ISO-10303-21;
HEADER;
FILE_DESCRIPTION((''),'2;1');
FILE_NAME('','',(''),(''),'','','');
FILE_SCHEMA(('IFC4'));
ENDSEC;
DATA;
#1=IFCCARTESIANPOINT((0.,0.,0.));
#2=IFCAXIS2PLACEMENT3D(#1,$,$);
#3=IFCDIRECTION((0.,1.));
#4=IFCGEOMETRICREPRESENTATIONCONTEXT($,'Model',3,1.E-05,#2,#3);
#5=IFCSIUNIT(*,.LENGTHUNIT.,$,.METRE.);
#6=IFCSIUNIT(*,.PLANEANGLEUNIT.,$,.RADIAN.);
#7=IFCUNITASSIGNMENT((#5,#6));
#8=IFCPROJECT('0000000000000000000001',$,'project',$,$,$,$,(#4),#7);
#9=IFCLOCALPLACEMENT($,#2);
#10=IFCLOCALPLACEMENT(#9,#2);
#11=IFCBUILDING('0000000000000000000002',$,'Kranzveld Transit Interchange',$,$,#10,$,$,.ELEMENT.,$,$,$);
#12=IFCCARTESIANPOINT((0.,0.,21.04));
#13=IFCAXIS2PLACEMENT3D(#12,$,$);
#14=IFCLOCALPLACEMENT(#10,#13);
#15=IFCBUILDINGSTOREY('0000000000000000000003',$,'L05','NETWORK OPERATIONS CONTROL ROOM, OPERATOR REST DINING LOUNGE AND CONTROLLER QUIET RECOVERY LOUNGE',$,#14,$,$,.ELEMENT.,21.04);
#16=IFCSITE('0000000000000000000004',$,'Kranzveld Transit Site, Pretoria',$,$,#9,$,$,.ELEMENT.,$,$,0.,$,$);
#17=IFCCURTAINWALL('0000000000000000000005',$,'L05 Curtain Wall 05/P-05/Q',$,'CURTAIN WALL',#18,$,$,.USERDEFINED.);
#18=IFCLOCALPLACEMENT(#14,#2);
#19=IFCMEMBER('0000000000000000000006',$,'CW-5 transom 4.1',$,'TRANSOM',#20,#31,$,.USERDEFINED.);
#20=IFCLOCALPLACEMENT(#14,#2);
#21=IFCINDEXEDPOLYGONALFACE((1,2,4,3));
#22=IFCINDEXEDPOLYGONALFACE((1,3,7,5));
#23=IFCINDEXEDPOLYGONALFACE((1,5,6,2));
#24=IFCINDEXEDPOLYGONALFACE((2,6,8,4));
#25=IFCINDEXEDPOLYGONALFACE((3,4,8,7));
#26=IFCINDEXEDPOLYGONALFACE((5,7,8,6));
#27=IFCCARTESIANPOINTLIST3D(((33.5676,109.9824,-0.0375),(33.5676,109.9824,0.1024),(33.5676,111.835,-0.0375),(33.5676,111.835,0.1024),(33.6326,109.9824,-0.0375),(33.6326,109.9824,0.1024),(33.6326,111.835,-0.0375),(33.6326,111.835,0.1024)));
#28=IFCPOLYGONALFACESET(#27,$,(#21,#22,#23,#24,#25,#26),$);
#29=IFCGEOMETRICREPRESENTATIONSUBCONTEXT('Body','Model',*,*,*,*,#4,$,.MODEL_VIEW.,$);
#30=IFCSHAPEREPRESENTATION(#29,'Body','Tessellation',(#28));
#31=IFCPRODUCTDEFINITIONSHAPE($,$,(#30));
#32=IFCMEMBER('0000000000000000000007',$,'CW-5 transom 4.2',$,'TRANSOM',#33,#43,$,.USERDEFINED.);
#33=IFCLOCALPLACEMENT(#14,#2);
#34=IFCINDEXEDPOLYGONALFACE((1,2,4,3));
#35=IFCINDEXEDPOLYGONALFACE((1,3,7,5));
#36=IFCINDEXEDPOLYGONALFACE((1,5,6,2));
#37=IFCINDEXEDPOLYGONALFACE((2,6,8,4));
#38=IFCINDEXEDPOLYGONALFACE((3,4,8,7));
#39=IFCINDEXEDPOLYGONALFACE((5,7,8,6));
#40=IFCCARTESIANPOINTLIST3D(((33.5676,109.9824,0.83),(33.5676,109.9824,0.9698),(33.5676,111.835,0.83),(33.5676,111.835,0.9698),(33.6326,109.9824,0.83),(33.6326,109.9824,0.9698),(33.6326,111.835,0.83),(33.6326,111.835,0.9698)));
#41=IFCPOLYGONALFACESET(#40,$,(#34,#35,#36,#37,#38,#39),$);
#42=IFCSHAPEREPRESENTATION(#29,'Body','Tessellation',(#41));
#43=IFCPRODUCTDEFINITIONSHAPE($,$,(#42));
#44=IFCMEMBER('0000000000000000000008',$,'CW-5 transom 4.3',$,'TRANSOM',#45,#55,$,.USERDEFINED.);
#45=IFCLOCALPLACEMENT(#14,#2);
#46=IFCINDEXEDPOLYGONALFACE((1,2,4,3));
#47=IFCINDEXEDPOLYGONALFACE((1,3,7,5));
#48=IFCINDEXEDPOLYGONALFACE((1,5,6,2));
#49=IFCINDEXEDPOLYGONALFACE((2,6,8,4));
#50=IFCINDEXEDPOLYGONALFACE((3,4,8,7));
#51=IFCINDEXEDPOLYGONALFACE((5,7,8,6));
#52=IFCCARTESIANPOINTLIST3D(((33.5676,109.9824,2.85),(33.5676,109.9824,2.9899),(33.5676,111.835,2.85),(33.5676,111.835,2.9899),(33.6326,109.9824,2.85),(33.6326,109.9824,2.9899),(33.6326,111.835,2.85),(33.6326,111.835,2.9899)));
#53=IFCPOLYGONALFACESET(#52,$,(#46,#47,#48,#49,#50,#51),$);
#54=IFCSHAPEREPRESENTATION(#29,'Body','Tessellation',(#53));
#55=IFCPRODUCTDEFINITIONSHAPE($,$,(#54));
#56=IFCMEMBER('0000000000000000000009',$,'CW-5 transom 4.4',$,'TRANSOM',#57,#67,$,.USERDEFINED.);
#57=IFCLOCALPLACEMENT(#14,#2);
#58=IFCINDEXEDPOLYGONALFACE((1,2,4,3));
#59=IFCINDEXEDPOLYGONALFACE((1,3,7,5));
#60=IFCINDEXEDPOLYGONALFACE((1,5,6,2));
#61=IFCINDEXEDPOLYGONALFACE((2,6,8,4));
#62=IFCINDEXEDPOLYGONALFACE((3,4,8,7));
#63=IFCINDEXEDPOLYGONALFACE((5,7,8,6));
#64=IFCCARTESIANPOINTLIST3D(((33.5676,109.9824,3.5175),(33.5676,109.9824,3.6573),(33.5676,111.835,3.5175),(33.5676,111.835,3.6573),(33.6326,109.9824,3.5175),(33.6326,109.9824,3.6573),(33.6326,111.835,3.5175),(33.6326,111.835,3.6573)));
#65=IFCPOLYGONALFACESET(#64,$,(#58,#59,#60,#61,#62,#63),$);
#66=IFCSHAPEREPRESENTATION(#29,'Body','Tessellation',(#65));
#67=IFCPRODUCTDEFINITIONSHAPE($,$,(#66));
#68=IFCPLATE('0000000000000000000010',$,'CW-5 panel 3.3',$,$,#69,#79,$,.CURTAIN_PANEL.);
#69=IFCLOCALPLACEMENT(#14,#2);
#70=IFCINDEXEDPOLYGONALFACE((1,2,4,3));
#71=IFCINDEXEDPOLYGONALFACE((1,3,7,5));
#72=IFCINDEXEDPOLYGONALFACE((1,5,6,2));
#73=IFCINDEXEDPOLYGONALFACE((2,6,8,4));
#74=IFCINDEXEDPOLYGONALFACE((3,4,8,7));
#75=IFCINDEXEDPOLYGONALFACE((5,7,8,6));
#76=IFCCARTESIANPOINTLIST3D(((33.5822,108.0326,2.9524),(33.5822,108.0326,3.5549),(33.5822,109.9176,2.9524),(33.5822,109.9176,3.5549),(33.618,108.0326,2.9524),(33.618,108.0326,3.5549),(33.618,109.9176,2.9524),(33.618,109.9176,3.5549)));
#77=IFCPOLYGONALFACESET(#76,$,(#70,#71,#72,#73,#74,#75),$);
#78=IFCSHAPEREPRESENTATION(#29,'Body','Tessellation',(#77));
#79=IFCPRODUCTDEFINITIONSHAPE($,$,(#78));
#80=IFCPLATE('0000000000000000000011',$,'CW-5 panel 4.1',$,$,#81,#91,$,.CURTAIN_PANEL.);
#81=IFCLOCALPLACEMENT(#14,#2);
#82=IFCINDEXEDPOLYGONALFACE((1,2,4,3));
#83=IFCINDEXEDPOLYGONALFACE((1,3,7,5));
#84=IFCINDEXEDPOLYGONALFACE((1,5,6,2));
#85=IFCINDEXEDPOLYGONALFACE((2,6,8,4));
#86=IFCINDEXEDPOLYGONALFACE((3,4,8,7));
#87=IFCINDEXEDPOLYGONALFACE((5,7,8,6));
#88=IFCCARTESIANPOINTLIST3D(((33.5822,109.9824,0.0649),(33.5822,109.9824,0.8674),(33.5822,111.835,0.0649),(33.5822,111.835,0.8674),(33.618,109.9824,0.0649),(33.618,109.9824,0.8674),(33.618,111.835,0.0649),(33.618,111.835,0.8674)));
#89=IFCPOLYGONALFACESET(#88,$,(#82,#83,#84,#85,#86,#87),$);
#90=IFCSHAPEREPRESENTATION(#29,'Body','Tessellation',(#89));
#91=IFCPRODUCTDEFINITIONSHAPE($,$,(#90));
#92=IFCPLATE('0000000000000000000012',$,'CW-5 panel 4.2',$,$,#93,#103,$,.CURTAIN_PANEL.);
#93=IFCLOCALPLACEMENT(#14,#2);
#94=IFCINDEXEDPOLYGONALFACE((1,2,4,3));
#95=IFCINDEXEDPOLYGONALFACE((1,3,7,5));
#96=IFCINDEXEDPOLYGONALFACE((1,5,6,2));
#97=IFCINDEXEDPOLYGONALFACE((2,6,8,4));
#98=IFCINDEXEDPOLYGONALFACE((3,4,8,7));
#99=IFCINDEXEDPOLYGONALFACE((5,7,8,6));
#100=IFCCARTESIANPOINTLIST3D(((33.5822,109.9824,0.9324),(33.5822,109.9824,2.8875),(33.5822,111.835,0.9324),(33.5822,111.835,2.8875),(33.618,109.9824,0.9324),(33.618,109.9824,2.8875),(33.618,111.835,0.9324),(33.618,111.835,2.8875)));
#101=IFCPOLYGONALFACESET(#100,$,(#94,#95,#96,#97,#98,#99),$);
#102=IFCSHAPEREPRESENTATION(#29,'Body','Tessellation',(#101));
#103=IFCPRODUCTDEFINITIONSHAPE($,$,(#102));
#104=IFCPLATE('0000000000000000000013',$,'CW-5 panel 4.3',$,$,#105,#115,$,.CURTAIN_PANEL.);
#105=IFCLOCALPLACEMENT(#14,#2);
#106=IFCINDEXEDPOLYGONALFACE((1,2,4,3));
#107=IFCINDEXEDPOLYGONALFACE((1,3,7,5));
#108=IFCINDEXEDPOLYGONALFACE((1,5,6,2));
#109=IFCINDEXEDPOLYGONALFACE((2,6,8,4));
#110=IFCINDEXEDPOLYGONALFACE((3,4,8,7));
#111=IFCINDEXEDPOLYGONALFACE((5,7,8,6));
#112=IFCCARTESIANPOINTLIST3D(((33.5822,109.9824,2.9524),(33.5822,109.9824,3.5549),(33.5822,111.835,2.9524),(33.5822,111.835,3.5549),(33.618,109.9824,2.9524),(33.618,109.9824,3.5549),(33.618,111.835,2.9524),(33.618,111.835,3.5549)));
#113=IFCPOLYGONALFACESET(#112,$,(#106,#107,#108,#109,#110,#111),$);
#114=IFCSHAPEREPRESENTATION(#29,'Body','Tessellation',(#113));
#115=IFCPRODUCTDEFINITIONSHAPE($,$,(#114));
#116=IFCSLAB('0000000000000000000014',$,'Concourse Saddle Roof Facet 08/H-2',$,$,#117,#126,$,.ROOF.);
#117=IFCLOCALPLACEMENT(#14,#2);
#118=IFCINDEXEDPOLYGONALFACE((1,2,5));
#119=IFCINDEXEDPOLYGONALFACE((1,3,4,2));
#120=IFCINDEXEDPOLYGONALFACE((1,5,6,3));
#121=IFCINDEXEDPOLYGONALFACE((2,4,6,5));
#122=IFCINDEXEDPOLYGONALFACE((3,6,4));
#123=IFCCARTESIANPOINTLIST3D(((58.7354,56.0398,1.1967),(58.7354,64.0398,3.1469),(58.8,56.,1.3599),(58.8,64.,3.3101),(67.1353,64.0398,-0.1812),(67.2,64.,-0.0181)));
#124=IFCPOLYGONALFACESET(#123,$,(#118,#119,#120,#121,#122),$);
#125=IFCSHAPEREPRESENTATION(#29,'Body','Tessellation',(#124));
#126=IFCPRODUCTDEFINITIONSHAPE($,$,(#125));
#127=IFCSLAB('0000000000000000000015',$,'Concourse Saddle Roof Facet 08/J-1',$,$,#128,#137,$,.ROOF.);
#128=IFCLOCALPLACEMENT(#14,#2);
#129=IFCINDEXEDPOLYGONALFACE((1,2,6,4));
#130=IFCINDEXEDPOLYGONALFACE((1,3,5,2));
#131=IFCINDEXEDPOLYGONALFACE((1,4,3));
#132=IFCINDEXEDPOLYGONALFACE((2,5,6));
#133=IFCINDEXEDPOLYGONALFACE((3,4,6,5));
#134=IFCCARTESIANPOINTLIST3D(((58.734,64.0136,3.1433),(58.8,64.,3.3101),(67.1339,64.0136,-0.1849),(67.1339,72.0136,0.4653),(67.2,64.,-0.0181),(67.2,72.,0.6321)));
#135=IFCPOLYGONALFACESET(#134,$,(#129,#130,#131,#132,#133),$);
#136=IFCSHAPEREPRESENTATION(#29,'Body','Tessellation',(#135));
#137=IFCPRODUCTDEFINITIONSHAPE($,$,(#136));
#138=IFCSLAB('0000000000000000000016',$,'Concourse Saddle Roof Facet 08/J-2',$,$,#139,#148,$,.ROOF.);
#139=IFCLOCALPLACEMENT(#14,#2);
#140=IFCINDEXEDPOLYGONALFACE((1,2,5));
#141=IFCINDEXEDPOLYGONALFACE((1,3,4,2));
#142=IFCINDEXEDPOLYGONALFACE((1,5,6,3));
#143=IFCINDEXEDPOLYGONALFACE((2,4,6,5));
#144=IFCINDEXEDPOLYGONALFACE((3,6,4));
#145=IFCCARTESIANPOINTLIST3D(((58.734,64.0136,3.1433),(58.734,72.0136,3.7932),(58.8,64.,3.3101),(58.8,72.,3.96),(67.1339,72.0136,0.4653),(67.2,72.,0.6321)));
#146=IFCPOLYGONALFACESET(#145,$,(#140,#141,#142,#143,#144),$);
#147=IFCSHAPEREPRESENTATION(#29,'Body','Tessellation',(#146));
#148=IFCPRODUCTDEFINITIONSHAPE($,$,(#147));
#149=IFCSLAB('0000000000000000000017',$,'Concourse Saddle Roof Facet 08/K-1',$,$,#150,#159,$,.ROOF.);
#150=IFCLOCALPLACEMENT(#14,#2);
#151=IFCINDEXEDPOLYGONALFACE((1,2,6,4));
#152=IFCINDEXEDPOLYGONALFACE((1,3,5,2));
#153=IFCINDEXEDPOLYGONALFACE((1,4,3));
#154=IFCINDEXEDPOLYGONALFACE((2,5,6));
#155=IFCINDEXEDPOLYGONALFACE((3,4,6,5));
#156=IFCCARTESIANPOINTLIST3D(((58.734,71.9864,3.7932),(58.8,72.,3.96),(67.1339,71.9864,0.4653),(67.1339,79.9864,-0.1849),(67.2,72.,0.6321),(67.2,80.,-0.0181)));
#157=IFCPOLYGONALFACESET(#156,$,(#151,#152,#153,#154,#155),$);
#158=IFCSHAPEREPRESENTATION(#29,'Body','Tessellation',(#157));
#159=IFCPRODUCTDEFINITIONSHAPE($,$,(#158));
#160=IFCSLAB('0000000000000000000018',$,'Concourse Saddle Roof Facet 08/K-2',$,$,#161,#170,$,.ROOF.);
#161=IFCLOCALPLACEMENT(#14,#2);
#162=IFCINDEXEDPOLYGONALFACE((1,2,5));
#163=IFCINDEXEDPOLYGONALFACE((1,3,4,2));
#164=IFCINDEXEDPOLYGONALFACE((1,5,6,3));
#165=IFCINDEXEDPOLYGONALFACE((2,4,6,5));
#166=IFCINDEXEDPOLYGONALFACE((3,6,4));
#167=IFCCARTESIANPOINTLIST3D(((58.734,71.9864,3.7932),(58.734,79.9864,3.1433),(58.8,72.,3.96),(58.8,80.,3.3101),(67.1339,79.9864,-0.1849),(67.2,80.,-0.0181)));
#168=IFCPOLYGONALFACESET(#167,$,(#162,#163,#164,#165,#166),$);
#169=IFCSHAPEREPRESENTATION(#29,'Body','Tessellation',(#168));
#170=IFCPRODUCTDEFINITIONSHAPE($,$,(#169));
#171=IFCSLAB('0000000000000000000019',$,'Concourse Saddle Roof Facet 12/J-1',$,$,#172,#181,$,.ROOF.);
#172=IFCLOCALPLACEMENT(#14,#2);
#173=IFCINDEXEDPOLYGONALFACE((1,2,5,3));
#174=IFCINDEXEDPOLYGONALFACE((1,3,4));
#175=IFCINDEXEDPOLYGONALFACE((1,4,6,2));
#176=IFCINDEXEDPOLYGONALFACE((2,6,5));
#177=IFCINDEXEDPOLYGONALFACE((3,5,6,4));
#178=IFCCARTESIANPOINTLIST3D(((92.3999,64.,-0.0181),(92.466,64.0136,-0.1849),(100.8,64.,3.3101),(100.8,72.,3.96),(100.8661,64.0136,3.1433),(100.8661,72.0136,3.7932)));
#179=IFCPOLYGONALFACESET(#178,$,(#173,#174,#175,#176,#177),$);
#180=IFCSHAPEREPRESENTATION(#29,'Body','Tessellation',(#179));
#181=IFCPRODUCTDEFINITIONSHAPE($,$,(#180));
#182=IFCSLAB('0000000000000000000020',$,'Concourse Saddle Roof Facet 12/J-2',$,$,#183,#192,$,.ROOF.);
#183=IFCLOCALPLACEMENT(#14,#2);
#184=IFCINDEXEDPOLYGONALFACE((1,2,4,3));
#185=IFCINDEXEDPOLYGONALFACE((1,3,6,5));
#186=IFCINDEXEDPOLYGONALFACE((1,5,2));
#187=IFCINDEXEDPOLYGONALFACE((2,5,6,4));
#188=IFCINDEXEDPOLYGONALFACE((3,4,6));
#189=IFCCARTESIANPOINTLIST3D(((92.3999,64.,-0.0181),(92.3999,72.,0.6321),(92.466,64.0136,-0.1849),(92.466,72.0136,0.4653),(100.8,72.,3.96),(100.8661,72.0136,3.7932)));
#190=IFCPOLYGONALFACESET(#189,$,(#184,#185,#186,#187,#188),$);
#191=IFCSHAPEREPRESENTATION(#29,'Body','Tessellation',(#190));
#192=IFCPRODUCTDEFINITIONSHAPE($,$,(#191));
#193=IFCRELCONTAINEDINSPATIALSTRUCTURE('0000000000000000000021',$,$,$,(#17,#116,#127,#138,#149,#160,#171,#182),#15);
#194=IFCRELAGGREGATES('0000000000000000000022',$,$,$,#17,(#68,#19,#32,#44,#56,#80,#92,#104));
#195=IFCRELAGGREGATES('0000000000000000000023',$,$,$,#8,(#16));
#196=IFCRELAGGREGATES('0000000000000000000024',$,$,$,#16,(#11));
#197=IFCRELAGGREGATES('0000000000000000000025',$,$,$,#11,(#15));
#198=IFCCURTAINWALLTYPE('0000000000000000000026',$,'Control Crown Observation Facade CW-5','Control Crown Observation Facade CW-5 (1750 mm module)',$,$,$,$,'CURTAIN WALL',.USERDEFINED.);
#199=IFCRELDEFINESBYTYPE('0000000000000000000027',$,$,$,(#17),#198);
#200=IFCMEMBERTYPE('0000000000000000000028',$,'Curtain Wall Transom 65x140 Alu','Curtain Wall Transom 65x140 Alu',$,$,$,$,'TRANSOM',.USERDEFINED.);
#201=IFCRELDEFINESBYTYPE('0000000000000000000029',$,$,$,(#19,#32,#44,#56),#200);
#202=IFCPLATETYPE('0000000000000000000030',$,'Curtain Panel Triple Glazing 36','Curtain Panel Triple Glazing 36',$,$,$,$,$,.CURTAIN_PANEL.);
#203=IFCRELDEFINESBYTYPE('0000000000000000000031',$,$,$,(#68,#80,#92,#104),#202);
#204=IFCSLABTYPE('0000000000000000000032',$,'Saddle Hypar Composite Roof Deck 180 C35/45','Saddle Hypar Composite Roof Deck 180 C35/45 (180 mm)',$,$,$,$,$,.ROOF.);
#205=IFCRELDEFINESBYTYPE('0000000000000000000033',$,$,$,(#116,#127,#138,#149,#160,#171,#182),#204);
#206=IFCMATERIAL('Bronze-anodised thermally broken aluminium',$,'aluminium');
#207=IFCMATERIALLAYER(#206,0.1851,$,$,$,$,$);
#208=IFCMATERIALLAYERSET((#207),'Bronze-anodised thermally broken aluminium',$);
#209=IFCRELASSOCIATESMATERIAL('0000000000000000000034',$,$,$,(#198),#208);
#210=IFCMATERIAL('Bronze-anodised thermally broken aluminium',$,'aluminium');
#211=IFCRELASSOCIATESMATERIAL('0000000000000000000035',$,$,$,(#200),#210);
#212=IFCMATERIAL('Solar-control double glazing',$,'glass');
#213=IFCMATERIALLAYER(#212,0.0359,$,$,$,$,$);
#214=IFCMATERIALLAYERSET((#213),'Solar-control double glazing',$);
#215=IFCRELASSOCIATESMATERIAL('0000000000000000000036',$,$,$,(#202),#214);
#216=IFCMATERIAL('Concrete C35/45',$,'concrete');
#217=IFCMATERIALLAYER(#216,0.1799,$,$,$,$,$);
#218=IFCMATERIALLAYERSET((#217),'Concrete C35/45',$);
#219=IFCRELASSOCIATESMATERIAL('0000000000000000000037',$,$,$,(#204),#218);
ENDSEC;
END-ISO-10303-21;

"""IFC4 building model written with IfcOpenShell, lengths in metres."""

from ifc_helpers import new_model, si_unit, direction, frame, origin, origin_2d, place, context, subcontext, project, spatial, polyline, rectangle, outline, extrude, material, layer, layer_set, material_profile, profile_set, type_object, element, aggregate, save


model = new_model("IFC4")

# Units and contexts
model_context = context("Model", 3, precision=1e-05, world=origin(), true_north=direction((0.0, 1.0)))
body_context = subcontext(model_context, "Body", "Model", "MODEL_VIEW")
ifc_project = project(units=[si_unit("LENGTHUNIT", "METRE"), si_unit("PLANEANGLEUNIT", "RADIAN")], contexts=[model_context])

# Site, building, storey
site_placement = place(None, origin())
site = spatial("IfcSite", under=ifc_project, at=site_placement, Name="Kranzveld Transit Site, Pretoria", CompositionType="ELEMENT", RefElevation=0.0)
building_placement = place(site_placement, origin())
building = spatial("IfcBuilding", under=site, at=building_placement, Name="Kranzveld Transit Interchange", CompositionType="ELEMENT")
storey_placement = place(building_placement, frame((0.0, 0.0, 21.04)))
storey = spatial("IfcBuildingStorey", under=building, at=storey_placement, Name="L05", Description="NETWORK OPERATIONS CONTROL ROOM, OPERATOR REST DINING LOUNGE AND CONTROLLER QUIET RECOVERY LOUNGE", CompositionType="ELEMENT", Elevation=21.04)

# Curtain wall, members, plates
ifc_material_1 = material(Name="Bronze-anodised thermally broken aluminium", Category="aluminium")
ifc_layer_1 = layer(ifc_material_1, 0.1851)
ifc_layer_set_1 = layer_set([ifc_layer_1], Name="Bronze-anodised thermally broken aluminium")
curtain_wall_type = type_object("IfcCurtainWallType", Name="Control Crown Observation Facade CW-5", Description="Control Crown Observation Facade CW-5 (1750 mm module)", ElementType="CURTAIN WALL", PredefinedType="USERDEFINED", material=ifc_layer_set_1)
curtain_wall_placement = place(storey_placement, origin())
curtain_wall = element("IfcCurtainWall", 1, at=curtain_wall_placement, inside=storey, type_object=curtain_wall_type, Name="L05 Curtain Wall 05/P-05/Q", ObjectType="CURTAIN WALL", PredefinedType="USERDEFINED")
ifc_material_2 = material(Name="Bronze-anodised thermally broken aluminium", Category="aluminium")
ifc_material_profile = material_profile(ifc_material_2, rectangle(XDim=0.0649, YDim=0.1399, at=origin_2d()), Name="ALU TRANSOM 65x140")
ifc_profile_set = profile_set([ifc_material_profile], Name="Bronze-anodised thermally broken aluminium")
member_type = type_object("IfcMemberType", Name="Curtain Wall Transom 65x140 Alu", Description="Curtain Wall Transom 65x140 Alu", ElementType="TRANSOM", PredefinedType="USERDEFINED", material=ifc_profile_set)
member_1_placement = place(storey_placement, frame((33.6001, 109.9824, 0.0325), z_axis=(0.0, 1.0, 0.0), x_axis=(-1.0, 0.0, 0.0)))
member_1 = element("IfcMember", 2, at=member_1_placement, type_object=member_type, Name="CW-5 transom 4.1", ObjectType="TRANSOM", PredefinedType="USERDEFINED", context=body_context, shape_type="SweptSolid", body=[
    extrude(rectangle(XDim=0.0649, YDim=0.1399, at=origin_2d()), origin(), (0.0, 0.0, 1.0), 1.8525),
])
member_2_placement = place(storey_placement, frame((33.6001, 109.9824, 0.8999), z_axis=(0.0, 1.0, 0.0), x_axis=(-1.0, 0.0, 0.0)))
member_2 = element("IfcMember", 3, at=member_2_placement, type_object=member_type, Name="CW-5 transom 4.2", ObjectType="TRANSOM", PredefinedType="USERDEFINED", context=body_context, shape_type="SweptSolid", body=[
    extrude(rectangle(XDim=0.0649, YDim=0.1399, at=origin_2d()), origin(), (0.0, 0.0, 1.0), 1.8525),
])
member_3_placement = place(storey_placement, frame((33.6001, 109.9824, 2.9199), z_axis=(0.0, 1.0, 0.0), x_axis=(-1.0, 0.0, 0.0)))
member_3 = element("IfcMember", 4, at=member_3_placement, type_object=member_type, Name="CW-5 transom 4.3", ObjectType="TRANSOM", PredefinedType="USERDEFINED", context=body_context, shape_type="SweptSolid", body=[
    extrude(rectangle(XDim=0.0649, YDim=0.1399, at=origin_2d()), origin(), (0.0, 0.0, 1.0), 1.8525),
])
member_4_placement = place(storey_placement, frame((33.6001, 109.9824, 3.5874), z_axis=(0.0, 1.0, 0.0), x_axis=(-1.0, 0.0, 0.0)))
member_4 = element("IfcMember", 5, at=member_4_placement, type_object=member_type, Name="CW-5 transom 4.4", ObjectType="TRANSOM", PredefinedType="USERDEFINED", context=body_context, shape_type="SweptSolid", body=[
    extrude(rectangle(XDim=0.0649, YDim=0.1399, at=origin_2d()), origin(), (0.0, 0.0, 1.0), 1.8525),
])
ifc_material_3 = material(Name="Solar-control double glazing", Category="glass")
ifc_layer_2 = layer(ifc_material_3, 0.0359)
ifc_layer_set_2 = layer_set([ifc_layer_2], Name="Solar-control double glazing")
plate_type = type_object("IfcPlateType", Name="Curtain Panel Triple Glazing 36", Description="Curtain Panel Triple Glazing 36", PredefinedType="CURTAIN_PANEL", material=ifc_layer_set_2)
plate_1_placement = place(storey_placement, frame((33.6001, 108.9751, 2.9524), z_axis=(0.0, 0.0, 1.0), x_axis=(0.0, 1.0, 0.0)))
plate_1 = element("IfcPlate", 6, at=plate_1_placement, type_object=plate_type, Name="CW-5 panel 3.3", PredefinedType="CURTAIN_PANEL", context=body_context, shape_type="SweptSolid", body=[
    extrude(rectangle(XDim=1.885, YDim=0.0359, at=origin_2d()), origin(), (0.0, 0.0, 1.0), 0.6025),
])
plate_2_placement = place(storey_placement, frame((33.6001, 110.9087, 0.0649), z_axis=(0.0, 0.0, 1.0), x_axis=(0.0, 1.0, 0.0)))
plate_2 = element("IfcPlate", 7, at=plate_2_placement, type_object=plate_type, Name="CW-5 panel 4.1", PredefinedType="CURTAIN_PANEL", context=body_context, shape_type="SweptSolid", body=[
    extrude(rectangle(XDim=1.8525, YDim=0.0359, at=origin_2d()), origin(), (0.0, 0.0, 1.0), 0.8025),
])
plate_3_placement = place(storey_placement, frame((33.6001, 110.9087, 0.9324), z_axis=(0.0, 0.0, 1.0), x_axis=(0.0, 1.0, 0.0)))
plate_3 = element("IfcPlate", 8, at=plate_3_placement, type_object=plate_type, Name="CW-5 panel 4.2", PredefinedType="CURTAIN_PANEL", context=body_context, shape_type="SweptSolid", body=[
    extrude(rectangle(XDim=1.8525, YDim=0.0359, at=origin_2d()), origin(), (0.0, 0.0, 1.0), 1.9551),
])
plate_4_placement = place(storey_placement, frame((33.6001, 110.9087, 2.9524), z_axis=(0.0, 0.0, 1.0), x_axis=(0.0, 1.0, 0.0)))
plate_4 = element("IfcPlate", 9, at=plate_4_placement, type_object=plate_type, Name="CW-5 panel 4.3", PredefinedType="CURTAIN_PANEL", context=body_context, shape_type="SweptSolid", body=[
    extrude(rectangle(XDim=1.8525, YDim=0.0359, at=origin_2d()), origin(), (0.0, 0.0, 1.0), 0.6025),
])
aggregate(curtain_wall, [plate_1, member_1, member_2, member_3, member_4, plate_2, plate_3, plate_4])

# Slabs
ifc_material_4 = material(Name="Concrete C35/45", Category="concrete")
ifc_layer_3 = layer(ifc_material_4, 0.1799)
ifc_layer_set_3 = layer_set([ifc_layer_3], Name="Concrete C35/45")
slab_type = type_object("IfcSlabType", Name="Saddle Hypar Composite Roof Deck 180 C35/45", Description="Saddle Hypar Composite Roof Deck 180 C35/45 (180 mm)", PredefinedType="ROOF", material=ifc_layer_set_3)
slab_1_placement = place(storey_placement, frame((58.8, 56.0, 1.3599), z_axis=(0.359241, -0.221029, 0.906693), x_axis=(0.719078, 0.684845, -0.117958)))
element("IfcSlab", 10, at=slab_1_placement, inside=storey, type_object=slab_type, Name="Concourse Saddle Roof Facet 08/H-2", PredefinedType="ROOF", context=body_context, shape_type="SweptSolid", body=[
    extrude(outline(polyline([(0.0, 0.0), (11.6815, 0.0), (5.2487, 6.3446), (0.0, 0.0)])), origin(), (0.0, 0.0, -1.0), 0.1799),
])
slab_2_placement = place(storey_placement, frame((58.8, 64.0, 3.3101), z_axis=(0.367304, -0.075339, 0.927045), x_axis=(0.929687, 0.0, -0.368351)))
element("IfcSlab", 11, at=slab_2_placement, inside=storey, type_object=slab_type, Name="Concourse Saddle Roof Facet 08/J-1", PredefinedType="ROOF", context=body_context, shape_type="SweptSolid", body=[
    extrude(outline(polyline([(0.0, 0.0), (9.0352, 0.0), (8.7957, 8.0228), (0.0, 0.0)])), origin(), (0.0, 0.0, -1.0), 0.1799),
])
slab_3_placement = place(storey_placement, frame((58.8, 64.0, 3.3101), z_axis=(0.367282, -0.075312, 0.927056), x_axis=(0.705575, 0.671984, -0.224945)))
element("IfcSlab", 12, at=slab_3_placement, inside=storey, type_object=slab_type, Name="Concourse Saddle Roof Facet 08/J-2", PredefinedType="ROOF", context=body_context, shape_type="SweptSolid", body=[
    extrude(outline(polyline([(0.0, 0.0), (11.905, 0.0), (5.2297, 6.0887), (0.0, 0.0)])), origin(), (0.0, 0.0, -1.0), 0.1799),
])
slab_4_placement = place(storey_placement, frame((58.8, 72.0, 3.96), z_axis=(0.367281, 0.07534, 0.927054), x_axis=(0.929696, 0.0, -0.368328)))
element("IfcSlab", 13, at=slab_4_placement, inside=storey, type_object=slab_type, Name="Concourse Saddle Roof Facet 08/K-1", PredefinedType="ROOF", context=body_context, shape_type="SweptSolid", body=[
    extrude(outline(polyline([(0.0, 0.0), (9.0351, 0.0), (9.2746, 8.0228), (0.0, 0.0)])), origin(), (0.0, 0.0, -1.0), 0.1799),
])
slab_5_placement = place(storey_placement, frame((58.8, 72.0, 3.96), z_axis=(0.367305, 0.075311, 0.927047), x_axis=(0.684975, 0.652365, -0.324391)))
element("IfcSlab", 14, at=slab_5_placement, inside=storey, type_object=slab_type, Name="Concourse Saddle Roof Facet 08/K-2", PredefinedType="ROOF", context=body_context, shape_type="SweptSolid", body=[
    extrude(outline(polyline([(0.0, 0.0), (12.2631, 0.0), (5.4297, 5.911), (0.0, 0.0)])), origin(), (0.0, 0.0, -1.0), 0.1799),
])
slab_6_placement = place(storey_placement, frame((92.3999, 64.0, -0.0181), z_axis=(-0.367296, -0.075312, 0.92705), x_axis=(0.92969, 0.0, 0.368342)))
element("IfcSlab", 15, at=slab_6_placement, inside=storey, type_object=slab_type, Name="Concourse Saddle Roof Facet 12/J-1", PredefinedType="ROOF", context=body_context, shape_type="SweptSolid", body=[
    extrude(outline(polyline([(0.0, 0.0), (9.0354, 0.0), (9.2748, 8.0228), (0.0, 0.0)])), origin(), (0.0, 0.0, -1.0), 0.1799),
])
slab_7_placement = place(storey_placement, frame((92.3999, 64.0, -0.0181), z_axis=(-0.367272, -0.07534, 0.927057), x_axis=(0.684986, 0.652356, 0.324386)))
element("IfcSlab", 16, at=slab_7_placement, inside=storey, type_object=slab_type, Name="Concourse Saddle Roof Facet 12/J-2", PredefinedType="ROOF", context=body_context, shape_type="SweptSolid", body=[
    extrude(outline(polyline([(0.0, 0.0), (12.2632, 0.0), (5.4297, 5.9111), (0.0, 0.0)])), origin(), (0.0, 0.0, -1.0), 0.1799),
])

save(model, "model.ifc")
